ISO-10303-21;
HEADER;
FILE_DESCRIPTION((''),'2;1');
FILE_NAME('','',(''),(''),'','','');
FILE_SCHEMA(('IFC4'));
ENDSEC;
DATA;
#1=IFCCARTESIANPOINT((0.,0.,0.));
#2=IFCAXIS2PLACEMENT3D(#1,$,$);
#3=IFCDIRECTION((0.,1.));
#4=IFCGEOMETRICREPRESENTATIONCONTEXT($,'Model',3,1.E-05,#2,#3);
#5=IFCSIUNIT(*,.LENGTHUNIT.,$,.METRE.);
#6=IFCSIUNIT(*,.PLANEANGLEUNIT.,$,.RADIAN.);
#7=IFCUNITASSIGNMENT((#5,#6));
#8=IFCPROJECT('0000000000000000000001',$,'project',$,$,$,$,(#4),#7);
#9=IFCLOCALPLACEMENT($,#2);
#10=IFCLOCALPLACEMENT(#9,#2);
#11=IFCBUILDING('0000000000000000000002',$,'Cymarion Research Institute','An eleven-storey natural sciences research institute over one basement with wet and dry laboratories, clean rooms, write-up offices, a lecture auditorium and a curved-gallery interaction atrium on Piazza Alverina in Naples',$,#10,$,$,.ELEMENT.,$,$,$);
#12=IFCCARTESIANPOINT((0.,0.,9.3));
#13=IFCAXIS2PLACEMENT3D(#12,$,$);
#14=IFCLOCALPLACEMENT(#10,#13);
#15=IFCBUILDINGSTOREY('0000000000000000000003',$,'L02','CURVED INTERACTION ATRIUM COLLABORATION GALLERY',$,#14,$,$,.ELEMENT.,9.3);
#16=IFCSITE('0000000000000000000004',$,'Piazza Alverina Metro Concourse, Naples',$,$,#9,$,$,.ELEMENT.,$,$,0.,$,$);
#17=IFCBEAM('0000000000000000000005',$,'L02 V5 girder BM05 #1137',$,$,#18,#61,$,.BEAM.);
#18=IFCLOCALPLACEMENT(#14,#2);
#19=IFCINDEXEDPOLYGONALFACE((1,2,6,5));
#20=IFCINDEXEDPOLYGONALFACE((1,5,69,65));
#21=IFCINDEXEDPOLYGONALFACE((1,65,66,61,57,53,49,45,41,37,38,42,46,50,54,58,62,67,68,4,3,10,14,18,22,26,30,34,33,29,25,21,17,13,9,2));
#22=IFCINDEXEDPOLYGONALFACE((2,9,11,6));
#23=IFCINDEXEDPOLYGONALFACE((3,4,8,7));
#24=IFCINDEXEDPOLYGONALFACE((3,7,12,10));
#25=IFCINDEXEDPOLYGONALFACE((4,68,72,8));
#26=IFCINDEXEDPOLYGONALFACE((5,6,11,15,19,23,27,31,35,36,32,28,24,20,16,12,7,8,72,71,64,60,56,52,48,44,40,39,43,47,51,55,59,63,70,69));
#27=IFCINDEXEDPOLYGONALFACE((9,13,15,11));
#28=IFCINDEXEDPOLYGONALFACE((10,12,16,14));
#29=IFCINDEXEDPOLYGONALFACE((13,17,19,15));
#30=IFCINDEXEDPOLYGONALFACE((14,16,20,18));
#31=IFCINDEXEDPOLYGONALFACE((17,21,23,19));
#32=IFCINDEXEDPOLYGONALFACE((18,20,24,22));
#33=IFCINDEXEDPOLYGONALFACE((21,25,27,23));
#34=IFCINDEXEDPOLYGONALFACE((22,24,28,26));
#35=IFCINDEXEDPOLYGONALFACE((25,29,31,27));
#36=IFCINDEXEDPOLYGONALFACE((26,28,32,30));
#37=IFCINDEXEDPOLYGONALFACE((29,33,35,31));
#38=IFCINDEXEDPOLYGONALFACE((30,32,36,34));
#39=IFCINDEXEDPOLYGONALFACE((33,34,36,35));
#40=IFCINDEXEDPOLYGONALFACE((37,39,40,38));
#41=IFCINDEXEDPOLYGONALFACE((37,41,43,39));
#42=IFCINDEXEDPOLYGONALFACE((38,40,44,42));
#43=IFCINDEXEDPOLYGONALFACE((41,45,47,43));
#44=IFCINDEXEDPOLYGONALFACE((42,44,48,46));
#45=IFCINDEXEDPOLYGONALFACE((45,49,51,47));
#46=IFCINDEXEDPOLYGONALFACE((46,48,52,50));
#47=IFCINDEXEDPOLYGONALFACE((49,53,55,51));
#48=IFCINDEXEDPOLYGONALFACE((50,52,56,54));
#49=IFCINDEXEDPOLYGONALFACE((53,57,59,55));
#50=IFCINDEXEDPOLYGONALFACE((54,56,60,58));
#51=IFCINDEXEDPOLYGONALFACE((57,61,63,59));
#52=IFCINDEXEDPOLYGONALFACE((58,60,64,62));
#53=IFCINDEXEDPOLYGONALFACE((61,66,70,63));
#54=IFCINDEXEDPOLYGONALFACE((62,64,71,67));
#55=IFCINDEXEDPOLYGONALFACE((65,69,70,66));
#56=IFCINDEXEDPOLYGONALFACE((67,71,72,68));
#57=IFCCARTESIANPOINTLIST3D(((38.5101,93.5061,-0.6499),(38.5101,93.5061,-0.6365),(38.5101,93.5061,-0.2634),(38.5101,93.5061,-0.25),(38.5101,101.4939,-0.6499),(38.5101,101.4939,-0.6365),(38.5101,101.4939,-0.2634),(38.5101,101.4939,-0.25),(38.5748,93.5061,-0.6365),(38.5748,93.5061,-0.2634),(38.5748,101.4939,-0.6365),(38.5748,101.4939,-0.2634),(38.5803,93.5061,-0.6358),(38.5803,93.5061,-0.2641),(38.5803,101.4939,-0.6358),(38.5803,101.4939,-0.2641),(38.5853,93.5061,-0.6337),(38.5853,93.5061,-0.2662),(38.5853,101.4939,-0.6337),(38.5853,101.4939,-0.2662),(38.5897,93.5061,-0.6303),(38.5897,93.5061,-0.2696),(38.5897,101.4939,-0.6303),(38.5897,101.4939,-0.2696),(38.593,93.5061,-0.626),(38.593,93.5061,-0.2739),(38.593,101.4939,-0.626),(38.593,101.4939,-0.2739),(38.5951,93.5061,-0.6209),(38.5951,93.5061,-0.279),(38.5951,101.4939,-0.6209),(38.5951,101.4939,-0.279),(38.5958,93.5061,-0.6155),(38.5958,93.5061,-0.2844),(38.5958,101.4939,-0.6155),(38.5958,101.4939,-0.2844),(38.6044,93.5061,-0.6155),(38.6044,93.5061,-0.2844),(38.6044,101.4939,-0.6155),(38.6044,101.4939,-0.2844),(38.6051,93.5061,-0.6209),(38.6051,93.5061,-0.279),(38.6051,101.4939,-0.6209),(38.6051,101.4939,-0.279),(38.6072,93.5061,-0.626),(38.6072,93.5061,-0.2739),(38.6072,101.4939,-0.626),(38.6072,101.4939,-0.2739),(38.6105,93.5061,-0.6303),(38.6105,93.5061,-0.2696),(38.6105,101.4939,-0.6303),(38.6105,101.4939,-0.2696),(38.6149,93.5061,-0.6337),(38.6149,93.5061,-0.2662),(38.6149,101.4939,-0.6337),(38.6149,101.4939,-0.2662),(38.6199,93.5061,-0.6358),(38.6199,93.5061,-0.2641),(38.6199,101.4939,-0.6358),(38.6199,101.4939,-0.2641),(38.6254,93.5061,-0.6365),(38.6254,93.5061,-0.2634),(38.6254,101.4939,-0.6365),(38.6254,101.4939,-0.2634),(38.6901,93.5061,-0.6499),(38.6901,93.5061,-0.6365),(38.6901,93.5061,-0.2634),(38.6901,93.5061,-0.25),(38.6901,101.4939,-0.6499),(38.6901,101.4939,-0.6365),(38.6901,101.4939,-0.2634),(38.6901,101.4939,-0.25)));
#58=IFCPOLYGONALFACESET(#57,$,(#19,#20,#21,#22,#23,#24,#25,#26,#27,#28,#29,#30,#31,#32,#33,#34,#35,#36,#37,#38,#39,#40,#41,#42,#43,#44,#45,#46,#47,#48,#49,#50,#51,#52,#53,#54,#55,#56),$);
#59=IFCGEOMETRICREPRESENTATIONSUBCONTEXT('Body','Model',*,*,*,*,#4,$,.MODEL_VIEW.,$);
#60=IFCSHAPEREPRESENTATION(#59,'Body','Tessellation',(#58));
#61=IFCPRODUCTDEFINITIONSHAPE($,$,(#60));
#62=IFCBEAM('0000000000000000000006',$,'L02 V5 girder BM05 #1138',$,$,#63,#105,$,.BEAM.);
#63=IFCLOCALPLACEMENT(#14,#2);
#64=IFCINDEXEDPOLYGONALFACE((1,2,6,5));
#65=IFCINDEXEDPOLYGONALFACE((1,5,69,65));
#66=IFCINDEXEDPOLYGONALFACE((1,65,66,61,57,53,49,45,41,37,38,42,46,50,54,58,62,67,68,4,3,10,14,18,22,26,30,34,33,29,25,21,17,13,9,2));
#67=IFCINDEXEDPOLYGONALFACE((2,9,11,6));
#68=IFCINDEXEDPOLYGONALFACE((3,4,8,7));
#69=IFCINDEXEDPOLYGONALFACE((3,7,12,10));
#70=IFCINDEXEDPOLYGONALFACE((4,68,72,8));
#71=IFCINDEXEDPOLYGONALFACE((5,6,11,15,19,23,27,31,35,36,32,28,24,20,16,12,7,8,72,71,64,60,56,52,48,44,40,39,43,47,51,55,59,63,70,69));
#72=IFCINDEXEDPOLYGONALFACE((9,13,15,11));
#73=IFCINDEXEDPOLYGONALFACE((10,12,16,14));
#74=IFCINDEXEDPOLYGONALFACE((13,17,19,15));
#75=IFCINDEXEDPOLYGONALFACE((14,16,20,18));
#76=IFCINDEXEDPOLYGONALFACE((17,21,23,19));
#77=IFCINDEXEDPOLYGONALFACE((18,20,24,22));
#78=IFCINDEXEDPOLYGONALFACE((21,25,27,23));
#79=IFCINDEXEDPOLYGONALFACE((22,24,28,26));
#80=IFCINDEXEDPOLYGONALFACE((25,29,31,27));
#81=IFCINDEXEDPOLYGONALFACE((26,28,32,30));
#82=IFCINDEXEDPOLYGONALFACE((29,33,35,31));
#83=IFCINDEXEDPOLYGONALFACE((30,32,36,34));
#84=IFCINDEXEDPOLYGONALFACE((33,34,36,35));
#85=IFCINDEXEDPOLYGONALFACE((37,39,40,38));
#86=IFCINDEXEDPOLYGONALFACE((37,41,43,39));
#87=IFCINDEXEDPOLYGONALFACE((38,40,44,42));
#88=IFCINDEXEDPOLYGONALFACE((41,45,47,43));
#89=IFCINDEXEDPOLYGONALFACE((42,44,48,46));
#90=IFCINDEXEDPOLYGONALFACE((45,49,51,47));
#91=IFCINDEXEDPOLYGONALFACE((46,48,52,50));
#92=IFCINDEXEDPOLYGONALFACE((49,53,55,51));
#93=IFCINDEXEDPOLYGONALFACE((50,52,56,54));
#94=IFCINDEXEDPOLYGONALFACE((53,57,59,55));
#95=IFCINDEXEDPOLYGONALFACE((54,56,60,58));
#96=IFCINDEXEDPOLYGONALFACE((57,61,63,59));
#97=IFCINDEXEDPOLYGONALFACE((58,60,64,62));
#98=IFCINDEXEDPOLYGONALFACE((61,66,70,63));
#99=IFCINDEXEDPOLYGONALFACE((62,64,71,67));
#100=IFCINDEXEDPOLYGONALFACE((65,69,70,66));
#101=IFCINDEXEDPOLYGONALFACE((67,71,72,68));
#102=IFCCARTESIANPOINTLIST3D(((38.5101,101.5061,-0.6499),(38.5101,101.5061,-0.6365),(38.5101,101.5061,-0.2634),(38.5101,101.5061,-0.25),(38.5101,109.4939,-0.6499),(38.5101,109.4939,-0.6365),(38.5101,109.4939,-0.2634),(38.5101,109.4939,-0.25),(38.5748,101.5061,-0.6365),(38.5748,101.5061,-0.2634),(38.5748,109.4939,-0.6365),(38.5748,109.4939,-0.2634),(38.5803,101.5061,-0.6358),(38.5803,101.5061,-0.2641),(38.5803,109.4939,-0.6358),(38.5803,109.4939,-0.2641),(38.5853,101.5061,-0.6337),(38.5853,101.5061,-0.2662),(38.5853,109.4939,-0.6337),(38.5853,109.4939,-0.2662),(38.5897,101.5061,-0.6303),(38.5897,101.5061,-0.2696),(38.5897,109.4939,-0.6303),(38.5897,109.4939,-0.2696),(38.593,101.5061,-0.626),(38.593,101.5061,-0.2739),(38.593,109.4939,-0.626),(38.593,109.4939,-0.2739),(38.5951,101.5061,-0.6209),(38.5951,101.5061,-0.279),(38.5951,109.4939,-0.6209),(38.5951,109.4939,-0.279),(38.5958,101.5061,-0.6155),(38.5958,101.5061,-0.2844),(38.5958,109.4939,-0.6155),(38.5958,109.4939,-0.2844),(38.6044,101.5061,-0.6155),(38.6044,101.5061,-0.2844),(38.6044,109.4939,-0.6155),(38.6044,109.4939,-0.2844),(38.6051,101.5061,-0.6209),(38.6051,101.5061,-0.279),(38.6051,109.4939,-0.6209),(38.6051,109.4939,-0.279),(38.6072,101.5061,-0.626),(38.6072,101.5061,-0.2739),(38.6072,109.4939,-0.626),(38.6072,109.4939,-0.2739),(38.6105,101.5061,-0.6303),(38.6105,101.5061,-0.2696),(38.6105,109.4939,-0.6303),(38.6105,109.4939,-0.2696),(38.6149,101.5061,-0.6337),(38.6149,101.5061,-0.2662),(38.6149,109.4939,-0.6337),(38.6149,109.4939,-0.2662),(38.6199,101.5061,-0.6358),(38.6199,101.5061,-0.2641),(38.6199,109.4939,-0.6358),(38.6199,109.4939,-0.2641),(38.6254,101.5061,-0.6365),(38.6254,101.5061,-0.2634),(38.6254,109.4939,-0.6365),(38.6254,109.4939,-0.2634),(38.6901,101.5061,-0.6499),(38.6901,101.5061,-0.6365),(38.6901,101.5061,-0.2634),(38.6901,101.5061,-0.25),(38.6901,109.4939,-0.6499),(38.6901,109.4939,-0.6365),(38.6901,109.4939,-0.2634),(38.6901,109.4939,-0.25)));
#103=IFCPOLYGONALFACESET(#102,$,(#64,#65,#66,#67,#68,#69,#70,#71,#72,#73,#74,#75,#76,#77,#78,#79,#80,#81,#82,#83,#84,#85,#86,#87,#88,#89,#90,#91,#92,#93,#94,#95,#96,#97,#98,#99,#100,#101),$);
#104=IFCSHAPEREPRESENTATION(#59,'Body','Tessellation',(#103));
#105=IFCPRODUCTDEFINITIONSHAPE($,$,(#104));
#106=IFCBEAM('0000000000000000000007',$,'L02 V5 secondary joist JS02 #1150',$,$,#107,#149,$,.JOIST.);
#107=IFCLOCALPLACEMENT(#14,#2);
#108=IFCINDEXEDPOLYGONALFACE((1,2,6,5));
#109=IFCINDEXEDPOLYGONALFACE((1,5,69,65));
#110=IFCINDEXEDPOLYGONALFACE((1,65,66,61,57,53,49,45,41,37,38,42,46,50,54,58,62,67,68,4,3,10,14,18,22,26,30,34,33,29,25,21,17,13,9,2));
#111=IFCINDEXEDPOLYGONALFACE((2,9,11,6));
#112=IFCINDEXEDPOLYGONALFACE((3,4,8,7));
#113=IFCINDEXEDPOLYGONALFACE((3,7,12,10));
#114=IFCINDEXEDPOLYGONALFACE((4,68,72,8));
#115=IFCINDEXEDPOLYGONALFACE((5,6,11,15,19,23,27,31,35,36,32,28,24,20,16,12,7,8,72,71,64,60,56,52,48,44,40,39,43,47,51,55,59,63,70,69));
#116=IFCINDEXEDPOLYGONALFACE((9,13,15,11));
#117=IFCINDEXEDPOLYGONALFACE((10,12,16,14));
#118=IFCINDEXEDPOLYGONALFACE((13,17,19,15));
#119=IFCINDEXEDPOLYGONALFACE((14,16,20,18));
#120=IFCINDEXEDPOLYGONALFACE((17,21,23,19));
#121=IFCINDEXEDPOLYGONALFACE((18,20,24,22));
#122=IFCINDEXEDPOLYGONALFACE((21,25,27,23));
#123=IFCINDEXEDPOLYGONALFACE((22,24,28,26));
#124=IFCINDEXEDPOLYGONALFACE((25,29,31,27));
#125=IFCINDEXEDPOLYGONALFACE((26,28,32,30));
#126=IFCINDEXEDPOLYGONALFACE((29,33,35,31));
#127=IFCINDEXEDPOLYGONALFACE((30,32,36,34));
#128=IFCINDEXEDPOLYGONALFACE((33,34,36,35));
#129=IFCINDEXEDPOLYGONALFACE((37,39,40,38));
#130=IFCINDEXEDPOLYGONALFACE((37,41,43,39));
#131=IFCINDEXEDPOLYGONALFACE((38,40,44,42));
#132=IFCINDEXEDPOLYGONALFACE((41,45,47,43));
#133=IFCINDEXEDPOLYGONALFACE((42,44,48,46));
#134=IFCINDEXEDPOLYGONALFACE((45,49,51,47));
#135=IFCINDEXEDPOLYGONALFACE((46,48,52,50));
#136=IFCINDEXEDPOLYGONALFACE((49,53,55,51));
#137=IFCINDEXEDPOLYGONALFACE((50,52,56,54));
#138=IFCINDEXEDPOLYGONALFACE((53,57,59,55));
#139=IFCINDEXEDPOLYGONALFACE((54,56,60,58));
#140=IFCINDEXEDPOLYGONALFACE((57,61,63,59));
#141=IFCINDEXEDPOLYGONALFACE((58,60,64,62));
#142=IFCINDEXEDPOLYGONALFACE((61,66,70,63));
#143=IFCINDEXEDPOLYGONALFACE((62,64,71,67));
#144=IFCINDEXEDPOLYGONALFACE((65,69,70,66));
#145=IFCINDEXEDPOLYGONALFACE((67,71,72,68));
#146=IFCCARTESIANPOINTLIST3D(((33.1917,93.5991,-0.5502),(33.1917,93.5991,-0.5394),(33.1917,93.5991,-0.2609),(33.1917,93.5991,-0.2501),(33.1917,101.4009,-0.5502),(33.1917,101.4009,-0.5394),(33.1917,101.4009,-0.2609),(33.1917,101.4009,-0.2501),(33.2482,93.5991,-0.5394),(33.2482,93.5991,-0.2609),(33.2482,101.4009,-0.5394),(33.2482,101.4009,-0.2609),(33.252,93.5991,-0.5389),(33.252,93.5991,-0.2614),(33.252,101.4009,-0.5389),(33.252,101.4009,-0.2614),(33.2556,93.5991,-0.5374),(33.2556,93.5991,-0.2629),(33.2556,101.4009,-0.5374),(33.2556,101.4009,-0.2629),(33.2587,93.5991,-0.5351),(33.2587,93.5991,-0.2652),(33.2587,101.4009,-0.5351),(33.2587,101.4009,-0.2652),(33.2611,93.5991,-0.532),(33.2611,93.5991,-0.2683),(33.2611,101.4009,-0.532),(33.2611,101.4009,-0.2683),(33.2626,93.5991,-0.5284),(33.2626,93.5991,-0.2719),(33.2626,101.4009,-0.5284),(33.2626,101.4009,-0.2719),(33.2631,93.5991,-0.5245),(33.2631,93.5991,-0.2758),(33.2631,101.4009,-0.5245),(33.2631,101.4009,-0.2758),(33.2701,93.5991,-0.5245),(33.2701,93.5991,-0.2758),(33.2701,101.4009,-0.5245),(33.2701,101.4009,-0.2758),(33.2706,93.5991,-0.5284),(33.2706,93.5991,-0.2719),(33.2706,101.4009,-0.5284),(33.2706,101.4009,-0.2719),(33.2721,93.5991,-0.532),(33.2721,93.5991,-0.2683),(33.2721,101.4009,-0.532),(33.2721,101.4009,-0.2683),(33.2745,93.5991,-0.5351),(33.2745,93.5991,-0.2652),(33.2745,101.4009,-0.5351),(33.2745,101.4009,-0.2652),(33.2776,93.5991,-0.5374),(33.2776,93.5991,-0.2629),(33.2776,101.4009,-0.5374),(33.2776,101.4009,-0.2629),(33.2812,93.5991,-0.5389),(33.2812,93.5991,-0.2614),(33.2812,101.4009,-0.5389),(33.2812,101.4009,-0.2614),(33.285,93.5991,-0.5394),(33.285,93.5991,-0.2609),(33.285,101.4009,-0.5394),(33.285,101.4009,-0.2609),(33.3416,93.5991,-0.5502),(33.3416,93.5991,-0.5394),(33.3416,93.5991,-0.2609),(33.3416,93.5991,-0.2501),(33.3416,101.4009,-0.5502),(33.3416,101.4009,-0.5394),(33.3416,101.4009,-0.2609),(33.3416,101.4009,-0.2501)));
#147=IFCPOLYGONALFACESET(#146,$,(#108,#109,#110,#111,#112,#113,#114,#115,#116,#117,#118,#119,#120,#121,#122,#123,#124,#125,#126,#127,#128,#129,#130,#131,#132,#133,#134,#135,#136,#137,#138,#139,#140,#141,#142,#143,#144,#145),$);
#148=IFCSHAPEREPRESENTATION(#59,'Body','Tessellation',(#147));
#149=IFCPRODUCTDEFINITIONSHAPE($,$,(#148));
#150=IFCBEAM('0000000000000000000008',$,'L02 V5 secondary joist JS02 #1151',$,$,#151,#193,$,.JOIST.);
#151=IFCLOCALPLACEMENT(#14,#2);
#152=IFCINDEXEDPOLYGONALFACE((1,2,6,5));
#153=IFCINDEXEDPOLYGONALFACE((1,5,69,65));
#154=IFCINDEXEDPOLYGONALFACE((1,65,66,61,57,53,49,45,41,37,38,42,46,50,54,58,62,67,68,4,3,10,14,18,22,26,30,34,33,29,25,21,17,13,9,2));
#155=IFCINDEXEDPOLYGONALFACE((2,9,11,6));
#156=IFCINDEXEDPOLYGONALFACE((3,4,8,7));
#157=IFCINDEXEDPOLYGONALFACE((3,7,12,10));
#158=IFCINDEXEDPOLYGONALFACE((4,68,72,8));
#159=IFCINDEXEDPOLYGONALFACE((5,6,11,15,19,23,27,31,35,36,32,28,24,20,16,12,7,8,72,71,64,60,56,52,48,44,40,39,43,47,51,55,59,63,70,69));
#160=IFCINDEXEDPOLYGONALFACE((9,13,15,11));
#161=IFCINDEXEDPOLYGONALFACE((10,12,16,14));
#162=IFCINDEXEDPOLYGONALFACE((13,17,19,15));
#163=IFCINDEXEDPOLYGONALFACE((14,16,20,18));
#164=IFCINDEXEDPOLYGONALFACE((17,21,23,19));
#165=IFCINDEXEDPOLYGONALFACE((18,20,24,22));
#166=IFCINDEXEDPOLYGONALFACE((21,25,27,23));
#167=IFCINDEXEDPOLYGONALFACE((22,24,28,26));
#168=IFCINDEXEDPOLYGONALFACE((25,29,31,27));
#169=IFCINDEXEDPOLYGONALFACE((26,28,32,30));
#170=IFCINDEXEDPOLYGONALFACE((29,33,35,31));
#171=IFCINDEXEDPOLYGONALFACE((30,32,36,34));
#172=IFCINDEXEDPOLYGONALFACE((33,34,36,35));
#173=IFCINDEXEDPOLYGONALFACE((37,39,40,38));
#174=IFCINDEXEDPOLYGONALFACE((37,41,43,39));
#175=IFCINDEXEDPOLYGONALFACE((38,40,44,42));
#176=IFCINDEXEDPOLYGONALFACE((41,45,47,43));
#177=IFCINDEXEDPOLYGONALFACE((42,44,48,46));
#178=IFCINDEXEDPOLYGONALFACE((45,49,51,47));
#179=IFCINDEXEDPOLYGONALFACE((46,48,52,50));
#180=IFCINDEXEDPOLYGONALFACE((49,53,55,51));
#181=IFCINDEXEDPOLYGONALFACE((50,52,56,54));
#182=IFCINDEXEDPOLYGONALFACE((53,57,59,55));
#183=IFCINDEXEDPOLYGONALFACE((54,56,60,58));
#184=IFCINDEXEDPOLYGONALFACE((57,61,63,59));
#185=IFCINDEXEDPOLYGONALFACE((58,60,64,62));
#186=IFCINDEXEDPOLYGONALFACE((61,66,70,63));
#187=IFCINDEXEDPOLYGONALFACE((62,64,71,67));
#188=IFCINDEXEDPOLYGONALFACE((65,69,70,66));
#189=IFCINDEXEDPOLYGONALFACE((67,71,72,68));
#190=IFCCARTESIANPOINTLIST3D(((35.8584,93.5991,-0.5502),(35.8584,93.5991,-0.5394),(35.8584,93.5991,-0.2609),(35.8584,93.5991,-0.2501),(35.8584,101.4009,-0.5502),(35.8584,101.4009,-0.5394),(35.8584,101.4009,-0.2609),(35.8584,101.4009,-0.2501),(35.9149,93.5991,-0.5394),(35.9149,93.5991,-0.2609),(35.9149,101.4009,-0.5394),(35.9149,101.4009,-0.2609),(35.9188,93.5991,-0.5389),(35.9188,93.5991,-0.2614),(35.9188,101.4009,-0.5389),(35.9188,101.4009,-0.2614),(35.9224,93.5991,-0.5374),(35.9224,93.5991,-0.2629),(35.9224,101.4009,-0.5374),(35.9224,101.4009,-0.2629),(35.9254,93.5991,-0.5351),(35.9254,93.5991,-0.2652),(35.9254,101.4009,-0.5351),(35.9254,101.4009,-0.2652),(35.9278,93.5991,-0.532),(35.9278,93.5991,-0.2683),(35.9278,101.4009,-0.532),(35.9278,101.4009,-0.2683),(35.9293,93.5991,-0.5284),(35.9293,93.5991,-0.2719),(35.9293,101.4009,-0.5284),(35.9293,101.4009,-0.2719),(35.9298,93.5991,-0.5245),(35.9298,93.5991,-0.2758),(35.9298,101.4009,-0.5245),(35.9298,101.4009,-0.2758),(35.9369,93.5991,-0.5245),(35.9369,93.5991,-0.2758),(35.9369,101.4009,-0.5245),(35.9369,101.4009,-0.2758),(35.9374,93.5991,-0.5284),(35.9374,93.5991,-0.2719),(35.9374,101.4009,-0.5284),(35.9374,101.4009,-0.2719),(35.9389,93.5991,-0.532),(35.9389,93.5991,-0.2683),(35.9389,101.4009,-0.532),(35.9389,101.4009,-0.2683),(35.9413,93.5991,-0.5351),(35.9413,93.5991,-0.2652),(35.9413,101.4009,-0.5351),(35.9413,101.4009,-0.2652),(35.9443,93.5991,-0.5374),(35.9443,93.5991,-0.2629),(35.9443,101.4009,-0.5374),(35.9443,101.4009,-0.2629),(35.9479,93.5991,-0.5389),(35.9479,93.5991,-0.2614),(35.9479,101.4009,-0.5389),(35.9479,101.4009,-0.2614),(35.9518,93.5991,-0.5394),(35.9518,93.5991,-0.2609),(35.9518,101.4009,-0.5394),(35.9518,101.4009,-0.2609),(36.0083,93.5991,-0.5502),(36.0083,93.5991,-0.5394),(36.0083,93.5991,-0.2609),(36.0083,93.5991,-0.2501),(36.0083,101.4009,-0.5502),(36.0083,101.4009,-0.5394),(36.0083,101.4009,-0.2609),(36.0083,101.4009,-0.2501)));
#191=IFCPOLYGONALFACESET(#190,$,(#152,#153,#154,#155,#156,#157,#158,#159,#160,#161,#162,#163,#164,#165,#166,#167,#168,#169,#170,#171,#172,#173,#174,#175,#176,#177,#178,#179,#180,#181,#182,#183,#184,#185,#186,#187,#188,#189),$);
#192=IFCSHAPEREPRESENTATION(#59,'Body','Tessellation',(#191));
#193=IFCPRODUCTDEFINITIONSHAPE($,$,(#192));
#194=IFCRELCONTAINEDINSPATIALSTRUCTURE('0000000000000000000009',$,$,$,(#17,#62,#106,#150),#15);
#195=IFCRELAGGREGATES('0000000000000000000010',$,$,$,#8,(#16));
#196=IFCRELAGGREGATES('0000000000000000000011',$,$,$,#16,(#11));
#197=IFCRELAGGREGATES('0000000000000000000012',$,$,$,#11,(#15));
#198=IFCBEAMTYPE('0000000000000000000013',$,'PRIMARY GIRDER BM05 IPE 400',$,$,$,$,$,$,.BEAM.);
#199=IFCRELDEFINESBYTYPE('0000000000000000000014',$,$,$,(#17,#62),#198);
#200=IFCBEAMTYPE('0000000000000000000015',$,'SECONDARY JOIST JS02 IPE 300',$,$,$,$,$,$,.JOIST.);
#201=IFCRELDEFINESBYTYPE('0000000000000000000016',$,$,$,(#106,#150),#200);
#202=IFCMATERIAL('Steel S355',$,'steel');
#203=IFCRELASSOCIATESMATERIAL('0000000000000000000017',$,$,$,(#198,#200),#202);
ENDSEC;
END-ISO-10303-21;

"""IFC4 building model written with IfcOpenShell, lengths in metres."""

from ifc_helpers import new_model, si_unit, direction, frame, origin, origin_2d, place, context, subcontext, project, spatial, i_section, extrude, material, material_profile, profile_set, type_object, element, save


model = new_model("IFC4")

# Units and contexts
model_context = context("Model", 3, precision=1e-05, world=origin(), true_north=direction((0.0, 1.0)))
body_context = subcontext(model_context, "Body", "Model", "MODEL_VIEW")
ifc_project = project(units=[si_unit("LENGTHUNIT", "METRE"), si_unit("PLANEANGLEUNIT", "RADIAN")], contexts=[model_context])

# Site, building, storey
site_placement = place(None, origin())
site = spatial("IfcSite", under=ifc_project, at=site_placement, Name="Piazza Alverina Metro Concourse, Naples", CompositionType="ELEMENT", RefElevation=0.0)
building_placement = place(site_placement, origin())
building = spatial("IfcBuilding", under=site, at=building_placement, Name="Cymarion Research Institute", Description="An eleven-storey natural sciences research institute over one basement with wet and dry laboratories, clean rooms, write-up offices, a lecture auditorium and a curved-gallery interaction atrium on Piazza Alverina in Naples", CompositionType="ELEMENT")
storey_placement = place(building_placement, frame((0.0, 0.0, 9.3)))
storey = spatial("IfcBuildingStorey", under=building, at=storey_placement, Name="L02", Description="CURVED INTERACTION ATRIUM COLLABORATION GALLERY", CompositionType="ELEMENT", Elevation=9.3)

# Shared definitions
ifc_material_1 = material(Name="Steel S355", Category="steel")

# Beams
ifc_material_profile_1 = material_profile(ifc_material_1, i_section(OverallWidth=0.1799, OverallDepth=0.3999, WebThickness=0.0085, FlangeThickness=0.0134, FilletRadius=0.021, at=origin_2d()), Name="IPE 400")
ifc_profile_set_1 = profile_set([ifc_material_profile_1], Name="Steel S355")
beam_type_1 = type_object("IfcBeamType", Name="PRIMARY GIRDER BM05 IPE 400", PredefinedType="BEAM", material=ifc_profile_set_1)
for number, where, z_axis, x_axis, name in (
    (1, (38.6001, 93.5061, -0.45), (0.0, 1.0, 0.0), (-1.0, 0.0, 0.0), "L02 V5 girder BM05 #1137"),
    (2, (38.6001, 101.5061, -0.45), (0.0, 1.0, 0.0), (-1.0, 0.0, 0.0), "L02 V5 girder BM05 #1138"),
):
    element("IfcBeam", number, at=place(storey_placement, frame(where, z_axis=z_axis, x_axis=x_axis)), inside=storey, type_object=beam_type_1, Name=name, PredefinedType="BEAM", context=body_context, shape_type="SweptSolid", body=[
        extrude(i_section(OverallWidth=0.1799, OverallDepth=0.3999, WebThickness=0.0085, FlangeThickness=0.0134, FilletRadius=0.021, at=origin_2d()), origin(), (0.0, 0.0, 1.0), 7.9878),
    ])
ifc_material_profile_2 = material_profile(ifc_material_1, i_section(OverallWidth=0.1499, OverallDepth=0.3, WebThickness=0.0071, FlangeThickness=0.0107, FilletRadius=0.0149, at=origin_2d()), Name="IPE 300")
ifc_profile_set_2 = profile_set([ifc_material_profile_2], Name="Steel S355")
beam_type_2 = type_object("IfcBeamType", Name="SECONDARY JOIST JS02 IPE 300", PredefinedType="JOIST", material=ifc_profile_set_2)
for number, where, z_axis, x_axis, name in (
    (3, (33.2666, 93.5991, -0.4001), (0.0, 1.0, 0.0), (-1.0, 0.0, 0.0), "L02 V5 secondary joist JS02 #1150"),
    (4, (35.9333, 93.5991, -0.4001), (0.0, 1.0, 0.0), (-1.0, 0.0, 0.0), "L02 V5 secondary joist JS02 #1151"),
):
    element("IfcBeam", number, at=place(storey_placement, frame(where, z_axis=z_axis, x_axis=x_axis)), inside=storey, type_object=beam_type_2, Name=name, PredefinedType="JOIST", context=body_context, shape_type="SweptSolid", body=[
        extrude(i_section(OverallWidth=0.1499, OverallDepth=0.3, WebThickness=0.0071, FlangeThickness=0.0107, FilletRadius=0.0149, at=origin_2d()), origin(), (0.0, 0.0, 1.0), 7.8018),
    ])

save(model, "model.ifc")
